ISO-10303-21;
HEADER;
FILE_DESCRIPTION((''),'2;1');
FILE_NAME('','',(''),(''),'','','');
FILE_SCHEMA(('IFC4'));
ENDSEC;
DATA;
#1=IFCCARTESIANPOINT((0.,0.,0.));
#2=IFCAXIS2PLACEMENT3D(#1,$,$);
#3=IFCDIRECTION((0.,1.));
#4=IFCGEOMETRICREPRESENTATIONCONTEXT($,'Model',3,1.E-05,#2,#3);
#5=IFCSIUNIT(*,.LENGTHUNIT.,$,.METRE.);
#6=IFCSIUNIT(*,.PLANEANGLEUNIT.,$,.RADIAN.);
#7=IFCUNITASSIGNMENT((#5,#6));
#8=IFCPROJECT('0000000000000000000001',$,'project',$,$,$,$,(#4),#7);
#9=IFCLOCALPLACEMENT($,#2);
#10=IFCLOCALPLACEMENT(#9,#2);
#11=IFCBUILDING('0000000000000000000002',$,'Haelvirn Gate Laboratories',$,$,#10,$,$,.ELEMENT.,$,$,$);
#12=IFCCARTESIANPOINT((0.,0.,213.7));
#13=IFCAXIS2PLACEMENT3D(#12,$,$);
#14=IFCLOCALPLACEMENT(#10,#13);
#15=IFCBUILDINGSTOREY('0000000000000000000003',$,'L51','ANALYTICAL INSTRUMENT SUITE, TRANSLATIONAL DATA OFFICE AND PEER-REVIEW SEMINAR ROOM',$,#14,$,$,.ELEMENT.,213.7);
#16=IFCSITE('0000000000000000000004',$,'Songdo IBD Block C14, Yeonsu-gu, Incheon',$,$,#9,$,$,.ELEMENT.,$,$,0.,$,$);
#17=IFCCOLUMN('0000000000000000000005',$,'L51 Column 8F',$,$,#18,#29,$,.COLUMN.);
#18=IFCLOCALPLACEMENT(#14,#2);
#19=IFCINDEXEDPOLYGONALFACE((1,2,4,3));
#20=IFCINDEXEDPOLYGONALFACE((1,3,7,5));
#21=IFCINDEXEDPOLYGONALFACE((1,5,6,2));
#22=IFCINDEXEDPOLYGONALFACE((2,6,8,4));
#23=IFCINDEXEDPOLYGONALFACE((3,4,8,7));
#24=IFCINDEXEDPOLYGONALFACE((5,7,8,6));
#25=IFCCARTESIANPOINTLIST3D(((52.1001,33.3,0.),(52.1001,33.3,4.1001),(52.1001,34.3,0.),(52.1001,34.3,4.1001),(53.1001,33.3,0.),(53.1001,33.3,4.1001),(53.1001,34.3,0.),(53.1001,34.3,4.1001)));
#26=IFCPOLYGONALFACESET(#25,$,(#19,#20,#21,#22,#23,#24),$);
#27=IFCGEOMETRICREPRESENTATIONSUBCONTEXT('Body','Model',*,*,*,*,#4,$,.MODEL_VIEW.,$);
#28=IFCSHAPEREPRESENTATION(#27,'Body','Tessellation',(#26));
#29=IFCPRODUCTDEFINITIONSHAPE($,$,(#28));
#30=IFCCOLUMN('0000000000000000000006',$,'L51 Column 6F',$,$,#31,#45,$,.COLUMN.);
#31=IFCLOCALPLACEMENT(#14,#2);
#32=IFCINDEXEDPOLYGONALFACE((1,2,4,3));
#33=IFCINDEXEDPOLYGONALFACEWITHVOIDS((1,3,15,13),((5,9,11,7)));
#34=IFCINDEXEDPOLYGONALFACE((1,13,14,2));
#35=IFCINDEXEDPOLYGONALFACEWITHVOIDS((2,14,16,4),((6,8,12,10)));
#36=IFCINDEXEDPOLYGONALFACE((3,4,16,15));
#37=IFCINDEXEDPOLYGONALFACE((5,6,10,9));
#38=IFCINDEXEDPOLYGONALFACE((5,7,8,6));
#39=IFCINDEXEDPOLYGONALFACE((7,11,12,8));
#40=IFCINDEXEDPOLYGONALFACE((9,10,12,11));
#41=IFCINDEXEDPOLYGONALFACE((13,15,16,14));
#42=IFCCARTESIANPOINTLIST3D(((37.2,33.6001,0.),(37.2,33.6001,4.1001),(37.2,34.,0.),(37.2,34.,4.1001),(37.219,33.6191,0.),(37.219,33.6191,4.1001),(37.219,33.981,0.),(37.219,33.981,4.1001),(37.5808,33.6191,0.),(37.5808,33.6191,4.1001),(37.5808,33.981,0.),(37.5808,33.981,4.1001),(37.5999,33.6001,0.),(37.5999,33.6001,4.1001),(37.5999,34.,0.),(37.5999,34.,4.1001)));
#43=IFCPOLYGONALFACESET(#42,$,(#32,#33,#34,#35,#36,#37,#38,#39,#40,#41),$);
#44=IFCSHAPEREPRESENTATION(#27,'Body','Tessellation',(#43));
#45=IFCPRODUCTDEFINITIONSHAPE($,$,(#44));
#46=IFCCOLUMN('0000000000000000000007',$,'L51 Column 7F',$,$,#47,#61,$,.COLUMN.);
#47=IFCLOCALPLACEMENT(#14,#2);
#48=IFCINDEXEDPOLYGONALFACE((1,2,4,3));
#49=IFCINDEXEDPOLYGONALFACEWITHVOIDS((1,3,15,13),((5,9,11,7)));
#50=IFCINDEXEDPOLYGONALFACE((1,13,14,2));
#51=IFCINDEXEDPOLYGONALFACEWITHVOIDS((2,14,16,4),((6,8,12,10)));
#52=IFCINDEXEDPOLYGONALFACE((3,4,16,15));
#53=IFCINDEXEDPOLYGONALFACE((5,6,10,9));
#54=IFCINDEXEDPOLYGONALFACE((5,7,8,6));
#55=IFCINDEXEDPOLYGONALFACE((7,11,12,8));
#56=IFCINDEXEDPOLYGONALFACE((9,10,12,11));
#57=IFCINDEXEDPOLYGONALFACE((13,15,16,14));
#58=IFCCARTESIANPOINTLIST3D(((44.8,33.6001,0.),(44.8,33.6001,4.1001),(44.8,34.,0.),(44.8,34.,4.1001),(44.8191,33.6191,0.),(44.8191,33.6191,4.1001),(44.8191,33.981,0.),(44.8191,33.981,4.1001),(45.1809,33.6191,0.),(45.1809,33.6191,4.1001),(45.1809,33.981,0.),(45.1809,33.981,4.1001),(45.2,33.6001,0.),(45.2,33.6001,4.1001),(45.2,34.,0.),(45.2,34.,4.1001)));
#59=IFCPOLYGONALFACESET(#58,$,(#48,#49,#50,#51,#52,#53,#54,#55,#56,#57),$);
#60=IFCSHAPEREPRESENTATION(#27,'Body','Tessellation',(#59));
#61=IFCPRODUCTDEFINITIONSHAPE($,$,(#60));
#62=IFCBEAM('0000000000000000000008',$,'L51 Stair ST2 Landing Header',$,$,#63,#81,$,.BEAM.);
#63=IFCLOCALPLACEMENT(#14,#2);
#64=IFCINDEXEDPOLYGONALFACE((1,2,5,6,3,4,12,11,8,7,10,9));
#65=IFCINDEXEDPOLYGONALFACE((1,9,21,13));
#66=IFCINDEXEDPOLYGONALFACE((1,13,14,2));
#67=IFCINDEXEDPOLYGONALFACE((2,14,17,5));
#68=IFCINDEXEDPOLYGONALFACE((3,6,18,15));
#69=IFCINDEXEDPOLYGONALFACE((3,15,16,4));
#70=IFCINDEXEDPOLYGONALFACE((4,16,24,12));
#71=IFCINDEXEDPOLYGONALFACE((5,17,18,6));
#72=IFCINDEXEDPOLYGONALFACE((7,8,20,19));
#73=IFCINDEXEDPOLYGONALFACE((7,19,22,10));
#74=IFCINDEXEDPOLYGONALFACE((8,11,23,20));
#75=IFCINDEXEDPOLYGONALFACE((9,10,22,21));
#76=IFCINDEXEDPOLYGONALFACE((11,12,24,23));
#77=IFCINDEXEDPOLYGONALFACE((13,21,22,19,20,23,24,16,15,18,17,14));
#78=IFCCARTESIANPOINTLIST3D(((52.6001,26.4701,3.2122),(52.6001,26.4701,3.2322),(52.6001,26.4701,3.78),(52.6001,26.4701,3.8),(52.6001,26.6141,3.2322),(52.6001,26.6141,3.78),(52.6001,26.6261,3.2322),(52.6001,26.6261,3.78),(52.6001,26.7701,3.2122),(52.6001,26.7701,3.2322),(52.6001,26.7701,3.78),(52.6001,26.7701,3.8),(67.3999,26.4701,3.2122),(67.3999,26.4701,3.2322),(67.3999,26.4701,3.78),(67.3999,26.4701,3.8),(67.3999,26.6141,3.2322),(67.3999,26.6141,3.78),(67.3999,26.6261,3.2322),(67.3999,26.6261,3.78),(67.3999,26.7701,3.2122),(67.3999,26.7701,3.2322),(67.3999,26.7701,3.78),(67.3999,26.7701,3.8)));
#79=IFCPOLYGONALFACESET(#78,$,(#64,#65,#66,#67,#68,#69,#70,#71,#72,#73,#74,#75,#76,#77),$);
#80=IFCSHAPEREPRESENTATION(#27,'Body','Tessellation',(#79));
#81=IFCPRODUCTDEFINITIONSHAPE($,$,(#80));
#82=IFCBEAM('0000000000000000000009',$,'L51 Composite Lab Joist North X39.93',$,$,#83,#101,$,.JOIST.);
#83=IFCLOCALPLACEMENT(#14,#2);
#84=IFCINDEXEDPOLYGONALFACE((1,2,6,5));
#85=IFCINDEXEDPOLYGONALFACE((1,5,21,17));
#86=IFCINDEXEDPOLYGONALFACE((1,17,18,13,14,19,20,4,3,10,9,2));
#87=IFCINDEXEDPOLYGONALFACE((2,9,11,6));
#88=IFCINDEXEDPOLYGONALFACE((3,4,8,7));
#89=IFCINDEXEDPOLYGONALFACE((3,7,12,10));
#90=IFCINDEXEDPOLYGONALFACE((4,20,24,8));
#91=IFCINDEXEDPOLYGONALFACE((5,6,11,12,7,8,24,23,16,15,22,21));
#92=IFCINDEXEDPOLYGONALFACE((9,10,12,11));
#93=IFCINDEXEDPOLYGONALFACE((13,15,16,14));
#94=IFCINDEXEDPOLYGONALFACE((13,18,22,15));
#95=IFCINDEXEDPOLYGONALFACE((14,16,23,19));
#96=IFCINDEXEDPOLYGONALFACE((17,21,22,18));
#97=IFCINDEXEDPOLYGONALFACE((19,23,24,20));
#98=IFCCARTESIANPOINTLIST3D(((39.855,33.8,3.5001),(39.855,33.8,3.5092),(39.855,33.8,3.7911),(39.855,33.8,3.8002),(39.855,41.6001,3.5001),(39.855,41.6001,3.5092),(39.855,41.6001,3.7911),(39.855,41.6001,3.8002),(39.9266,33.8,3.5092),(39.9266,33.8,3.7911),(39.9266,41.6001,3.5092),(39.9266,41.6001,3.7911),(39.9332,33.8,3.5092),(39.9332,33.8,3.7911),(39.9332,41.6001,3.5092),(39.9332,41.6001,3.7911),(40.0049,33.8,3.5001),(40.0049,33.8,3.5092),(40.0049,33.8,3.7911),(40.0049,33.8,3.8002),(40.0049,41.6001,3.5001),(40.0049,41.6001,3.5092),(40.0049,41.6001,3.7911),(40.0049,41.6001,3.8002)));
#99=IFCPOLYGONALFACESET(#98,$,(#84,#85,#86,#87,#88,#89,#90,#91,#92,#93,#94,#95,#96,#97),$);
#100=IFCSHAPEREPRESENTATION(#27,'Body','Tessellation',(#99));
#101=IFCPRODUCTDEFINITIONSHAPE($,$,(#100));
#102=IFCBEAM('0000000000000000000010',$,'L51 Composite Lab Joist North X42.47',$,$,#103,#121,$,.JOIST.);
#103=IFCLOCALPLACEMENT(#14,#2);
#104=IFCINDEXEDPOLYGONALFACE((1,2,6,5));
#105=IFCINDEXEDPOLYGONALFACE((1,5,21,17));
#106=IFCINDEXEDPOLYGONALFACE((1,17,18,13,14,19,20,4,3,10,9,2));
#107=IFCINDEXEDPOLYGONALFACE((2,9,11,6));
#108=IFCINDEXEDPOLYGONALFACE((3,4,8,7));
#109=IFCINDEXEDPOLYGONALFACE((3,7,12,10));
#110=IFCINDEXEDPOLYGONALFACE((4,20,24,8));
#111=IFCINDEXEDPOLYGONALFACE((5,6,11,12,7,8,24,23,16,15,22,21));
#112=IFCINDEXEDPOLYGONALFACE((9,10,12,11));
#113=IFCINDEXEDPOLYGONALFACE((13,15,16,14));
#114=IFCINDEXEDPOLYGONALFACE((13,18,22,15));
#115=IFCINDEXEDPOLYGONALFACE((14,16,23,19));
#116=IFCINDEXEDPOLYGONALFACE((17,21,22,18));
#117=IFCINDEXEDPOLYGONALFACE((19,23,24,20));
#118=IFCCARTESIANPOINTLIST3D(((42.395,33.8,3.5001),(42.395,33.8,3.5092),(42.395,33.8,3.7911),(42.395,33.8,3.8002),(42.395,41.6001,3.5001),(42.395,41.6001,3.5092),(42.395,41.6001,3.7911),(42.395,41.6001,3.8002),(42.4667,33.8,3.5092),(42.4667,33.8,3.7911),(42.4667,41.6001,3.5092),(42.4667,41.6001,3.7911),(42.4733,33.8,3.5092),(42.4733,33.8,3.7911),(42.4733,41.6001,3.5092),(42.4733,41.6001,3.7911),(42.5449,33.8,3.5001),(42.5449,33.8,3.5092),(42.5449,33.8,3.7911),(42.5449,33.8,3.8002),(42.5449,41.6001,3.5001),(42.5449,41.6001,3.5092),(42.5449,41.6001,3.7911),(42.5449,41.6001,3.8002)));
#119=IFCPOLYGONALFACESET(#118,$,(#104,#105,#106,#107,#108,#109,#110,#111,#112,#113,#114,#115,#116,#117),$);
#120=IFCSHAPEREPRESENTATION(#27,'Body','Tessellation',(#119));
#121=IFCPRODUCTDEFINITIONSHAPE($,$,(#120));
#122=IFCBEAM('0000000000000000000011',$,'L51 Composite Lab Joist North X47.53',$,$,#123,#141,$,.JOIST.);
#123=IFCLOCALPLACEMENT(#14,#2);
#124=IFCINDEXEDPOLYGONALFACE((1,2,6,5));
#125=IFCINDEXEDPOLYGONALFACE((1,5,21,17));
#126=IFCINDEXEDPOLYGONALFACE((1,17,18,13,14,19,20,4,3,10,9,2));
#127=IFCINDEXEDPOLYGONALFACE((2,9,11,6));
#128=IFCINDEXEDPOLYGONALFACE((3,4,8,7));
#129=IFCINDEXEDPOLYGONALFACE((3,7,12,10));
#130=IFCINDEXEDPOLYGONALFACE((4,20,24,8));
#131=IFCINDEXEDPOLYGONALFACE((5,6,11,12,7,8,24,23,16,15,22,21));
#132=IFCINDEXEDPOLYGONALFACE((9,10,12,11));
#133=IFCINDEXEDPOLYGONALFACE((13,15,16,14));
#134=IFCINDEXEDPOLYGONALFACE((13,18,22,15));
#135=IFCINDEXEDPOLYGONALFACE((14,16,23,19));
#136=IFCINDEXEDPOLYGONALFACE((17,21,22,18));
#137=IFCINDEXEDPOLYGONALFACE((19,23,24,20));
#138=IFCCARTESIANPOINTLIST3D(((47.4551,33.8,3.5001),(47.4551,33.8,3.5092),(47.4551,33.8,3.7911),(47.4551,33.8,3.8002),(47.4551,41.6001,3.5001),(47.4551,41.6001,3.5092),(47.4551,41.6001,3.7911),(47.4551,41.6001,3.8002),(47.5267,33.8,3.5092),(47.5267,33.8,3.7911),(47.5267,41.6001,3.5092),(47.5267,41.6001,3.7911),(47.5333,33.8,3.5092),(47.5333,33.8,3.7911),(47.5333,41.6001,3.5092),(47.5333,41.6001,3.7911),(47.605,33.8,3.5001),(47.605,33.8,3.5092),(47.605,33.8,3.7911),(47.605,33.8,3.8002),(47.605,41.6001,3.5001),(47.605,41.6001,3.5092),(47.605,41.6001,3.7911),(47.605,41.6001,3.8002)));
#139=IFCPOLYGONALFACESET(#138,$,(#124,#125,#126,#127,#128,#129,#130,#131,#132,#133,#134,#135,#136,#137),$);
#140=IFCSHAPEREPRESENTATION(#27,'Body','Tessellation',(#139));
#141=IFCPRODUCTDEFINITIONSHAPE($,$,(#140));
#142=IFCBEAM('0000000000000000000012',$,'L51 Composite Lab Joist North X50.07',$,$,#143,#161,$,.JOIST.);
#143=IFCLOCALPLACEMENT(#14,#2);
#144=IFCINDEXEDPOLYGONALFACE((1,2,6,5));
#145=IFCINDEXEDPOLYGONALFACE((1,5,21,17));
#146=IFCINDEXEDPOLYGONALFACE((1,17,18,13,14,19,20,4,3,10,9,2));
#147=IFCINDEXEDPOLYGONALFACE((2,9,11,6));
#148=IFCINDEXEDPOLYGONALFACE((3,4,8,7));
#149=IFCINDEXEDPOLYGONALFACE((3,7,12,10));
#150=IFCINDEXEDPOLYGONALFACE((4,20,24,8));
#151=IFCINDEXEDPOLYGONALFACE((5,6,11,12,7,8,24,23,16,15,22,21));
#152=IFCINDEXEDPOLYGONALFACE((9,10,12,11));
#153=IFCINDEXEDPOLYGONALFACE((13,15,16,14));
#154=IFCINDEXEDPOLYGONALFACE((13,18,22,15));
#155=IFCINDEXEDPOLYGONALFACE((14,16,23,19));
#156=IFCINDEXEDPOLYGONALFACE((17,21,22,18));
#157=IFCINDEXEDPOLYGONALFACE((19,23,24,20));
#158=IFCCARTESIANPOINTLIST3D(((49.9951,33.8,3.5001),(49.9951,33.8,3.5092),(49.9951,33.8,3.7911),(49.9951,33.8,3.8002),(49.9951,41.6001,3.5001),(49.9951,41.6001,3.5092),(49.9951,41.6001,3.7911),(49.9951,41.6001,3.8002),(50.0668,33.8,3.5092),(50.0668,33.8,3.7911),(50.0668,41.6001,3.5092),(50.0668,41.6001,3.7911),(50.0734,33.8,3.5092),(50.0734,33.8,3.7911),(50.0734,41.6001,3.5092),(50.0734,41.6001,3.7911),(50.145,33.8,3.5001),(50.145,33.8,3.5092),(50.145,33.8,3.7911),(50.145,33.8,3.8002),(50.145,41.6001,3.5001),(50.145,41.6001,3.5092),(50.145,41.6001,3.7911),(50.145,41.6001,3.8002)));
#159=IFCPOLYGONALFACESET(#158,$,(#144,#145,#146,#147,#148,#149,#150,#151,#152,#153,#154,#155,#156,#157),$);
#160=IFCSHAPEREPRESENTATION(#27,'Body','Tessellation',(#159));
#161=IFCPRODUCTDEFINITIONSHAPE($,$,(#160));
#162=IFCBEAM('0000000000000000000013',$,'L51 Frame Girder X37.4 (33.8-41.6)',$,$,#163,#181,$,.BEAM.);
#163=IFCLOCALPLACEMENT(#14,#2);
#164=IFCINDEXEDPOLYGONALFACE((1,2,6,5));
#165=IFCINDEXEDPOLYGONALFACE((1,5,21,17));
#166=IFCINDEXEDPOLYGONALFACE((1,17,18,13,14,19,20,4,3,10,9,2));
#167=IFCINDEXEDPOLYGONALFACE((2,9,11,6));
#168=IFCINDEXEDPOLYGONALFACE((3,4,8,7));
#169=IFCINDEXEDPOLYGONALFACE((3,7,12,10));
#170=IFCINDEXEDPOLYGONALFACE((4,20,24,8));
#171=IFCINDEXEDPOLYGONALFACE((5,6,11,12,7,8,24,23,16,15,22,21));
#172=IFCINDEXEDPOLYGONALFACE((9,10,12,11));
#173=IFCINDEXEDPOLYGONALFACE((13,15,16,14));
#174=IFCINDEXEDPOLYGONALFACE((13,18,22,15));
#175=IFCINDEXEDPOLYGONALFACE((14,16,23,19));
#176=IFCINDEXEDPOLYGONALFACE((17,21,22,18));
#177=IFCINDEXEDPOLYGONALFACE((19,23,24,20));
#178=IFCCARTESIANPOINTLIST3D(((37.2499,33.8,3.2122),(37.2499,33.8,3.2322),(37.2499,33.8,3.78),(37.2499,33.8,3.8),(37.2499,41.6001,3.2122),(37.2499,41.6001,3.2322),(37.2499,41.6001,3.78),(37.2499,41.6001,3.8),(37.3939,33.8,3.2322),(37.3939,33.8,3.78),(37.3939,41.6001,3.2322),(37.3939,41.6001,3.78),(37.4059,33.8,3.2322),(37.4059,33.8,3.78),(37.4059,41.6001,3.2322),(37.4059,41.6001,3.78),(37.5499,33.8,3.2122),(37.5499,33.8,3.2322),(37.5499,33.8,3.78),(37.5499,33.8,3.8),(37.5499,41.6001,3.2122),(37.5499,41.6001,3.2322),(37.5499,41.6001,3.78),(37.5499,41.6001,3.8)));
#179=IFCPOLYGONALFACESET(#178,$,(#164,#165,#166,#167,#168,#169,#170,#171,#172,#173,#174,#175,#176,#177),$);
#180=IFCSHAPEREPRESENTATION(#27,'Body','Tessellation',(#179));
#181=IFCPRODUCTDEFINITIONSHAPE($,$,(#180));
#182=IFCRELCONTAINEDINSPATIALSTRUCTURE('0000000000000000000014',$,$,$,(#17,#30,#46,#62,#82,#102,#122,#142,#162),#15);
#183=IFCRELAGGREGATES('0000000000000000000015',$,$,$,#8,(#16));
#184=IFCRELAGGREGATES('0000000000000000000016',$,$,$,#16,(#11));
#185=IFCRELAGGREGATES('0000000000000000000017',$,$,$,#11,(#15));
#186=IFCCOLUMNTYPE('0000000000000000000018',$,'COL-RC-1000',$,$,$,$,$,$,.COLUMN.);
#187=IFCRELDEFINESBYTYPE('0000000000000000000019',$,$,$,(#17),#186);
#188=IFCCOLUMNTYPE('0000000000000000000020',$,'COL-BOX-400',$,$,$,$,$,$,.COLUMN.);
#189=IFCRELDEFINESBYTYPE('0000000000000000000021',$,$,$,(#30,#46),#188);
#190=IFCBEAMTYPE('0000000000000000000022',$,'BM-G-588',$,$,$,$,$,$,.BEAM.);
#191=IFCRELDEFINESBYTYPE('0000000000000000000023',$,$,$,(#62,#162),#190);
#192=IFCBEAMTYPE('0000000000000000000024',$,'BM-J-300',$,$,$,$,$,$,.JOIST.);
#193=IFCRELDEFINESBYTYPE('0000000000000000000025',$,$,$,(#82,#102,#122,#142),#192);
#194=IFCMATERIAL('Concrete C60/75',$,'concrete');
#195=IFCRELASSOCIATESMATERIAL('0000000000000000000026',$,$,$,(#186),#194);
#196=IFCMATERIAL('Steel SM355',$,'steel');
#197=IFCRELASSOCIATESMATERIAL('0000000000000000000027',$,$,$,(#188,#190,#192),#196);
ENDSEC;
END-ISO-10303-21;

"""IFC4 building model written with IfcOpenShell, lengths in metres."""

from ifc_helpers import new_model, si_unit, direction, frame, origin, origin_2d, place, context, subcontext, project, spatial, rectangle, hollow_rectangle, i_section, extrude, source, transform, mapped, material, material_profile, profile_set, type_object, type_shapes, element, save


model = new_model("IFC4")

# Units and contexts
model_context = context("Model", 3, precision=1e-05, world=origin(), true_north=direction((0.0, 1.0)))
body_context = subcontext(model_context, "Body", "Model", "MODEL_VIEW")
ifc_project = project(units=[si_unit("LENGTHUNIT", "METRE"), si_unit("PLANEANGLEUNIT", "RADIAN")], contexts=[model_context])

# Site, building, storey
site_placement = place(None, origin())
site = spatial("IfcSite", under=ifc_project, at=site_placement, Name="Songdo IBD Block C14, Yeonsu-gu, Incheon", CompositionType="ELEMENT", RefElevation=0.0)
building_placement = place(site_placement, origin())
building = spatial("IfcBuilding", under=site, at=building_placement, Name="Haelvirn Gate Laboratories", CompositionType="ELEMENT")
storey_placement = place(building_placement, frame((0.0, 0.0, 213.7)))
storey = spatial("IfcBuildingStorey", under=building, at=storey_placement, Name="L51", Description="ANALYTICAL INSTRUMENT SUITE, TRANSLATIONAL DATA OFFICE AND PEER-REVIEW SEMINAR ROOM", CompositionType="ELEMENT", Elevation=213.7)

# Columns
ifc_material_1 = material(Name="Concrete C60/75", Category="concrete")
ifc_material_profile_1 = material_profile(ifc_material_1, rectangle(XDim=1.0, YDim=1.0, at=origin_2d()), Name="RC-1000x1000")
ifc_profile_set_1 = profile_set([ifc_material_profile_1], Name="Concrete C60/75")
column_type_1 = type_object("IfcColumnType", Name="COL-RC-1000", PredefinedType="COLUMN", material=ifc_profile_set_1)
shared_shape_1 = source(origin(), body_context, "Body", "SweptSolid", [
    extrude(rectangle(XDim=1.0, YDim=1.0, at=origin_2d()), origin(), (0.0, 0.0, 1.0), 4.1001),
])
type_shapes(column_type_1, [shared_shape_1])
column_placement = place(storey_placement, frame((52.6001, 33.8, 0.0), z_axis=(0.0, 0.0, 1.0), x_axis=(1.0, 0.0, 0.0)))
element("IfcColumn", 1, at=column_placement, inside=storey, type_object=column_type_1, Name="L51 Column 8F", PredefinedType="COLUMN", context=body_context, shape_type="MappedRepresentation", body=[
    mapped(shared_shape_1, transform((0.0, 0.0, 0.0), scale=1.0)),
])
ifc_material_2 = material(Name="Steel SM355", Category="steel")
ifc_material_profile_2 = material_profile(ifc_material_2, hollow_rectangle(XDim=0.3999, YDim=0.3999, WallThickness=0.019, at=origin_2d()), Name="BOX-400x400x19")
ifc_profile_set_2 = profile_set([ifc_material_profile_2], Name="Steel SM355")
column_type_2 = type_object("IfcColumnType", Name="COL-BOX-400", PredefinedType="COLUMN", material=ifc_profile_set_2)
shared_shape_2 = source(origin(), body_context, "Body", "SweptSolid", [
    extrude(hollow_rectangle(XDim=0.3999, YDim=0.3999, WallThickness=0.019, at=origin_2d()), origin(), (0.0, 0.0, 1.0), 4.1001),
])
type_shapes(column_type_2, [shared_shape_2])
for number, where, z_axis, x_axis, name in (
    (2, (37.3999, 33.8, 0.0), (0.0, 0.0, 1.0), (1.0, 0.0, 0.0), "L51 Column 6F"),
    (3, (45.0, 33.8, 0.0), (0.0, 0.0, 1.0), (1.0, 0.0, 0.0), "L51 Column 7F"),
):
    element("IfcColumn", number, at=place(storey_placement, frame(where, z_axis=z_axis, x_axis=x_axis)), inside=storey, type_object=column_type_2, Name=name, PredefinedType="COLUMN", context=body_context, shape_type="MappedRepresentation", body=[
        mapped(shared_shape_2, transform((0.0, 0.0, 0.0), scale=1.0)),
    ])

# Beams
ifc_material_profile_3 = material_profile(ifc_material_2, i_section(OverallWidth=0.3, OverallDepth=0.5879, WebThickness=0.012, FlangeThickness=0.02, at=origin_2d()), Name="H-588x300x12x20")
ifc_profile_set_3 = profile_set([ifc_material_profile_3], Name="Steel SM355")
beam_type_1 = type_object("IfcBeamType", Name="BM-G-588", PredefinedType="BEAM", material=ifc_profile_set_3)
shared_shape_3 = source(origin(), body_context, "Body", "SweptSolid", [
    extrude(i_section(OverallWidth=0.3, OverallDepth=0.5879, WebThickness=0.012, FlangeThickness=0.02, at=origin_2d()), origin(), (0.0, 0.0, 1.0), 14.7998),
])
beam_1_placement = place(storey_placement, frame((52.6001, 26.6201, 3.5061), z_axis=(1.0, 0.0, 0.0), x_axis=(0.0, 1.0, 0.0)))
element("IfcBeam", 4, at=beam_1_placement, inside=storey, type_object=beam_type_1, Name="L51 Stair ST2 Landing Header", PredefinedType="BEAM", context=body_context, shape_type="MappedRepresentation", body=[
    mapped(shared_shape_3, transform((0.0, 0.0, 0.0), scale=1.0)),
])
ifc_material_profile_4 = material_profile(ifc_material_2, i_section(OverallWidth=0.1499, OverallDepth=0.3, WebThickness=0.0066, FlangeThickness=0.009, at=origin_2d()), Name="H-300x150x6.5x9")
ifc_profile_set_4 = profile_set([ifc_material_profile_4], Name="Steel SM355")
beam_type_2 = type_object("IfcBeamType", Name="BM-J-300", PredefinedType="JOIST", material=ifc_profile_set_4)
shared_shape_4 = source(origin(), body_context, "Body", "SweptSolid", [
    extrude(i_section(OverallWidth=0.1499, OverallDepth=0.3, WebThickness=0.0066, FlangeThickness=0.009, at=origin_2d()), origin(), (0.0, 0.0, 1.0), 7.8),
])
type_shapes(beam_type_2, [shared_shape_4])
for number, where, z_axis, x_axis, name in (
    (5, (39.9299, 33.8, 3.6501), (0.0, 1.0, 0.0), (-1.0, 0.0, 0.0), "L51 Composite Lab Joist North X39.93"),
    (6, (42.47, 33.8, 3.6501), (0.0, 1.0, 0.0), (-1.0, 0.0, 0.0), "L51 Composite Lab Joist North X42.47"),
    (7, (47.53, 33.8, 3.6501), (0.0, 1.0, 0.0), (-1.0, 0.0, 0.0), "L51 Composite Lab Joist North X47.53"),
    (8, (50.0701, 33.8, 3.6501), (0.0, 1.0, 0.0), (-1.0, 0.0, 0.0), "L51 Composite Lab Joist North X50.07"),
):
    element("IfcBeam", number, at=place(storey_placement, frame(where, z_axis=z_axis, x_axis=x_axis)), inside=storey, type_object=beam_type_2, Name=name, PredefinedType="JOIST", context=body_context, shape_type="MappedRepresentation", body=[
        mapped(shared_shape_4, transform((0.0, 0.0, 0.0), scale=1.0)),
    ])
shared_shape_5 = source(origin(), body_context, "Body", "SweptSolid", [
    extrude(i_section(OverallWidth=0.3, OverallDepth=0.5879, WebThickness=0.012, FlangeThickness=0.02, at=origin_2d()), origin(), (0.0, 0.0, 1.0), 7.8),
])
type_shapes(beam_type_1, [shared_shape_3, shared_shape_5])
for number, where, z_axis, x_axis, name in (
    (9, (37.3999, 33.8, 3.5061), (0.0, 1.0, 0.0), (-1.0, 0.0, 0.0), "L51 Frame Girder X37.4 (33.8-41.6)"),
):
    element("IfcBeam", number, at=place(storey_placement, frame(where, z_axis=z_axis, x_axis=x_axis)), inside=storey, type_object=beam_type_1, Name=name, PredefinedType="BEAM", context=body_context, shape_type="MappedRepresentation", body=[
        mapped(shared_shape_5, transform((0.0, 0.0, 0.0), scale=1.0)),
    ])

save(model, "model.ifc")
